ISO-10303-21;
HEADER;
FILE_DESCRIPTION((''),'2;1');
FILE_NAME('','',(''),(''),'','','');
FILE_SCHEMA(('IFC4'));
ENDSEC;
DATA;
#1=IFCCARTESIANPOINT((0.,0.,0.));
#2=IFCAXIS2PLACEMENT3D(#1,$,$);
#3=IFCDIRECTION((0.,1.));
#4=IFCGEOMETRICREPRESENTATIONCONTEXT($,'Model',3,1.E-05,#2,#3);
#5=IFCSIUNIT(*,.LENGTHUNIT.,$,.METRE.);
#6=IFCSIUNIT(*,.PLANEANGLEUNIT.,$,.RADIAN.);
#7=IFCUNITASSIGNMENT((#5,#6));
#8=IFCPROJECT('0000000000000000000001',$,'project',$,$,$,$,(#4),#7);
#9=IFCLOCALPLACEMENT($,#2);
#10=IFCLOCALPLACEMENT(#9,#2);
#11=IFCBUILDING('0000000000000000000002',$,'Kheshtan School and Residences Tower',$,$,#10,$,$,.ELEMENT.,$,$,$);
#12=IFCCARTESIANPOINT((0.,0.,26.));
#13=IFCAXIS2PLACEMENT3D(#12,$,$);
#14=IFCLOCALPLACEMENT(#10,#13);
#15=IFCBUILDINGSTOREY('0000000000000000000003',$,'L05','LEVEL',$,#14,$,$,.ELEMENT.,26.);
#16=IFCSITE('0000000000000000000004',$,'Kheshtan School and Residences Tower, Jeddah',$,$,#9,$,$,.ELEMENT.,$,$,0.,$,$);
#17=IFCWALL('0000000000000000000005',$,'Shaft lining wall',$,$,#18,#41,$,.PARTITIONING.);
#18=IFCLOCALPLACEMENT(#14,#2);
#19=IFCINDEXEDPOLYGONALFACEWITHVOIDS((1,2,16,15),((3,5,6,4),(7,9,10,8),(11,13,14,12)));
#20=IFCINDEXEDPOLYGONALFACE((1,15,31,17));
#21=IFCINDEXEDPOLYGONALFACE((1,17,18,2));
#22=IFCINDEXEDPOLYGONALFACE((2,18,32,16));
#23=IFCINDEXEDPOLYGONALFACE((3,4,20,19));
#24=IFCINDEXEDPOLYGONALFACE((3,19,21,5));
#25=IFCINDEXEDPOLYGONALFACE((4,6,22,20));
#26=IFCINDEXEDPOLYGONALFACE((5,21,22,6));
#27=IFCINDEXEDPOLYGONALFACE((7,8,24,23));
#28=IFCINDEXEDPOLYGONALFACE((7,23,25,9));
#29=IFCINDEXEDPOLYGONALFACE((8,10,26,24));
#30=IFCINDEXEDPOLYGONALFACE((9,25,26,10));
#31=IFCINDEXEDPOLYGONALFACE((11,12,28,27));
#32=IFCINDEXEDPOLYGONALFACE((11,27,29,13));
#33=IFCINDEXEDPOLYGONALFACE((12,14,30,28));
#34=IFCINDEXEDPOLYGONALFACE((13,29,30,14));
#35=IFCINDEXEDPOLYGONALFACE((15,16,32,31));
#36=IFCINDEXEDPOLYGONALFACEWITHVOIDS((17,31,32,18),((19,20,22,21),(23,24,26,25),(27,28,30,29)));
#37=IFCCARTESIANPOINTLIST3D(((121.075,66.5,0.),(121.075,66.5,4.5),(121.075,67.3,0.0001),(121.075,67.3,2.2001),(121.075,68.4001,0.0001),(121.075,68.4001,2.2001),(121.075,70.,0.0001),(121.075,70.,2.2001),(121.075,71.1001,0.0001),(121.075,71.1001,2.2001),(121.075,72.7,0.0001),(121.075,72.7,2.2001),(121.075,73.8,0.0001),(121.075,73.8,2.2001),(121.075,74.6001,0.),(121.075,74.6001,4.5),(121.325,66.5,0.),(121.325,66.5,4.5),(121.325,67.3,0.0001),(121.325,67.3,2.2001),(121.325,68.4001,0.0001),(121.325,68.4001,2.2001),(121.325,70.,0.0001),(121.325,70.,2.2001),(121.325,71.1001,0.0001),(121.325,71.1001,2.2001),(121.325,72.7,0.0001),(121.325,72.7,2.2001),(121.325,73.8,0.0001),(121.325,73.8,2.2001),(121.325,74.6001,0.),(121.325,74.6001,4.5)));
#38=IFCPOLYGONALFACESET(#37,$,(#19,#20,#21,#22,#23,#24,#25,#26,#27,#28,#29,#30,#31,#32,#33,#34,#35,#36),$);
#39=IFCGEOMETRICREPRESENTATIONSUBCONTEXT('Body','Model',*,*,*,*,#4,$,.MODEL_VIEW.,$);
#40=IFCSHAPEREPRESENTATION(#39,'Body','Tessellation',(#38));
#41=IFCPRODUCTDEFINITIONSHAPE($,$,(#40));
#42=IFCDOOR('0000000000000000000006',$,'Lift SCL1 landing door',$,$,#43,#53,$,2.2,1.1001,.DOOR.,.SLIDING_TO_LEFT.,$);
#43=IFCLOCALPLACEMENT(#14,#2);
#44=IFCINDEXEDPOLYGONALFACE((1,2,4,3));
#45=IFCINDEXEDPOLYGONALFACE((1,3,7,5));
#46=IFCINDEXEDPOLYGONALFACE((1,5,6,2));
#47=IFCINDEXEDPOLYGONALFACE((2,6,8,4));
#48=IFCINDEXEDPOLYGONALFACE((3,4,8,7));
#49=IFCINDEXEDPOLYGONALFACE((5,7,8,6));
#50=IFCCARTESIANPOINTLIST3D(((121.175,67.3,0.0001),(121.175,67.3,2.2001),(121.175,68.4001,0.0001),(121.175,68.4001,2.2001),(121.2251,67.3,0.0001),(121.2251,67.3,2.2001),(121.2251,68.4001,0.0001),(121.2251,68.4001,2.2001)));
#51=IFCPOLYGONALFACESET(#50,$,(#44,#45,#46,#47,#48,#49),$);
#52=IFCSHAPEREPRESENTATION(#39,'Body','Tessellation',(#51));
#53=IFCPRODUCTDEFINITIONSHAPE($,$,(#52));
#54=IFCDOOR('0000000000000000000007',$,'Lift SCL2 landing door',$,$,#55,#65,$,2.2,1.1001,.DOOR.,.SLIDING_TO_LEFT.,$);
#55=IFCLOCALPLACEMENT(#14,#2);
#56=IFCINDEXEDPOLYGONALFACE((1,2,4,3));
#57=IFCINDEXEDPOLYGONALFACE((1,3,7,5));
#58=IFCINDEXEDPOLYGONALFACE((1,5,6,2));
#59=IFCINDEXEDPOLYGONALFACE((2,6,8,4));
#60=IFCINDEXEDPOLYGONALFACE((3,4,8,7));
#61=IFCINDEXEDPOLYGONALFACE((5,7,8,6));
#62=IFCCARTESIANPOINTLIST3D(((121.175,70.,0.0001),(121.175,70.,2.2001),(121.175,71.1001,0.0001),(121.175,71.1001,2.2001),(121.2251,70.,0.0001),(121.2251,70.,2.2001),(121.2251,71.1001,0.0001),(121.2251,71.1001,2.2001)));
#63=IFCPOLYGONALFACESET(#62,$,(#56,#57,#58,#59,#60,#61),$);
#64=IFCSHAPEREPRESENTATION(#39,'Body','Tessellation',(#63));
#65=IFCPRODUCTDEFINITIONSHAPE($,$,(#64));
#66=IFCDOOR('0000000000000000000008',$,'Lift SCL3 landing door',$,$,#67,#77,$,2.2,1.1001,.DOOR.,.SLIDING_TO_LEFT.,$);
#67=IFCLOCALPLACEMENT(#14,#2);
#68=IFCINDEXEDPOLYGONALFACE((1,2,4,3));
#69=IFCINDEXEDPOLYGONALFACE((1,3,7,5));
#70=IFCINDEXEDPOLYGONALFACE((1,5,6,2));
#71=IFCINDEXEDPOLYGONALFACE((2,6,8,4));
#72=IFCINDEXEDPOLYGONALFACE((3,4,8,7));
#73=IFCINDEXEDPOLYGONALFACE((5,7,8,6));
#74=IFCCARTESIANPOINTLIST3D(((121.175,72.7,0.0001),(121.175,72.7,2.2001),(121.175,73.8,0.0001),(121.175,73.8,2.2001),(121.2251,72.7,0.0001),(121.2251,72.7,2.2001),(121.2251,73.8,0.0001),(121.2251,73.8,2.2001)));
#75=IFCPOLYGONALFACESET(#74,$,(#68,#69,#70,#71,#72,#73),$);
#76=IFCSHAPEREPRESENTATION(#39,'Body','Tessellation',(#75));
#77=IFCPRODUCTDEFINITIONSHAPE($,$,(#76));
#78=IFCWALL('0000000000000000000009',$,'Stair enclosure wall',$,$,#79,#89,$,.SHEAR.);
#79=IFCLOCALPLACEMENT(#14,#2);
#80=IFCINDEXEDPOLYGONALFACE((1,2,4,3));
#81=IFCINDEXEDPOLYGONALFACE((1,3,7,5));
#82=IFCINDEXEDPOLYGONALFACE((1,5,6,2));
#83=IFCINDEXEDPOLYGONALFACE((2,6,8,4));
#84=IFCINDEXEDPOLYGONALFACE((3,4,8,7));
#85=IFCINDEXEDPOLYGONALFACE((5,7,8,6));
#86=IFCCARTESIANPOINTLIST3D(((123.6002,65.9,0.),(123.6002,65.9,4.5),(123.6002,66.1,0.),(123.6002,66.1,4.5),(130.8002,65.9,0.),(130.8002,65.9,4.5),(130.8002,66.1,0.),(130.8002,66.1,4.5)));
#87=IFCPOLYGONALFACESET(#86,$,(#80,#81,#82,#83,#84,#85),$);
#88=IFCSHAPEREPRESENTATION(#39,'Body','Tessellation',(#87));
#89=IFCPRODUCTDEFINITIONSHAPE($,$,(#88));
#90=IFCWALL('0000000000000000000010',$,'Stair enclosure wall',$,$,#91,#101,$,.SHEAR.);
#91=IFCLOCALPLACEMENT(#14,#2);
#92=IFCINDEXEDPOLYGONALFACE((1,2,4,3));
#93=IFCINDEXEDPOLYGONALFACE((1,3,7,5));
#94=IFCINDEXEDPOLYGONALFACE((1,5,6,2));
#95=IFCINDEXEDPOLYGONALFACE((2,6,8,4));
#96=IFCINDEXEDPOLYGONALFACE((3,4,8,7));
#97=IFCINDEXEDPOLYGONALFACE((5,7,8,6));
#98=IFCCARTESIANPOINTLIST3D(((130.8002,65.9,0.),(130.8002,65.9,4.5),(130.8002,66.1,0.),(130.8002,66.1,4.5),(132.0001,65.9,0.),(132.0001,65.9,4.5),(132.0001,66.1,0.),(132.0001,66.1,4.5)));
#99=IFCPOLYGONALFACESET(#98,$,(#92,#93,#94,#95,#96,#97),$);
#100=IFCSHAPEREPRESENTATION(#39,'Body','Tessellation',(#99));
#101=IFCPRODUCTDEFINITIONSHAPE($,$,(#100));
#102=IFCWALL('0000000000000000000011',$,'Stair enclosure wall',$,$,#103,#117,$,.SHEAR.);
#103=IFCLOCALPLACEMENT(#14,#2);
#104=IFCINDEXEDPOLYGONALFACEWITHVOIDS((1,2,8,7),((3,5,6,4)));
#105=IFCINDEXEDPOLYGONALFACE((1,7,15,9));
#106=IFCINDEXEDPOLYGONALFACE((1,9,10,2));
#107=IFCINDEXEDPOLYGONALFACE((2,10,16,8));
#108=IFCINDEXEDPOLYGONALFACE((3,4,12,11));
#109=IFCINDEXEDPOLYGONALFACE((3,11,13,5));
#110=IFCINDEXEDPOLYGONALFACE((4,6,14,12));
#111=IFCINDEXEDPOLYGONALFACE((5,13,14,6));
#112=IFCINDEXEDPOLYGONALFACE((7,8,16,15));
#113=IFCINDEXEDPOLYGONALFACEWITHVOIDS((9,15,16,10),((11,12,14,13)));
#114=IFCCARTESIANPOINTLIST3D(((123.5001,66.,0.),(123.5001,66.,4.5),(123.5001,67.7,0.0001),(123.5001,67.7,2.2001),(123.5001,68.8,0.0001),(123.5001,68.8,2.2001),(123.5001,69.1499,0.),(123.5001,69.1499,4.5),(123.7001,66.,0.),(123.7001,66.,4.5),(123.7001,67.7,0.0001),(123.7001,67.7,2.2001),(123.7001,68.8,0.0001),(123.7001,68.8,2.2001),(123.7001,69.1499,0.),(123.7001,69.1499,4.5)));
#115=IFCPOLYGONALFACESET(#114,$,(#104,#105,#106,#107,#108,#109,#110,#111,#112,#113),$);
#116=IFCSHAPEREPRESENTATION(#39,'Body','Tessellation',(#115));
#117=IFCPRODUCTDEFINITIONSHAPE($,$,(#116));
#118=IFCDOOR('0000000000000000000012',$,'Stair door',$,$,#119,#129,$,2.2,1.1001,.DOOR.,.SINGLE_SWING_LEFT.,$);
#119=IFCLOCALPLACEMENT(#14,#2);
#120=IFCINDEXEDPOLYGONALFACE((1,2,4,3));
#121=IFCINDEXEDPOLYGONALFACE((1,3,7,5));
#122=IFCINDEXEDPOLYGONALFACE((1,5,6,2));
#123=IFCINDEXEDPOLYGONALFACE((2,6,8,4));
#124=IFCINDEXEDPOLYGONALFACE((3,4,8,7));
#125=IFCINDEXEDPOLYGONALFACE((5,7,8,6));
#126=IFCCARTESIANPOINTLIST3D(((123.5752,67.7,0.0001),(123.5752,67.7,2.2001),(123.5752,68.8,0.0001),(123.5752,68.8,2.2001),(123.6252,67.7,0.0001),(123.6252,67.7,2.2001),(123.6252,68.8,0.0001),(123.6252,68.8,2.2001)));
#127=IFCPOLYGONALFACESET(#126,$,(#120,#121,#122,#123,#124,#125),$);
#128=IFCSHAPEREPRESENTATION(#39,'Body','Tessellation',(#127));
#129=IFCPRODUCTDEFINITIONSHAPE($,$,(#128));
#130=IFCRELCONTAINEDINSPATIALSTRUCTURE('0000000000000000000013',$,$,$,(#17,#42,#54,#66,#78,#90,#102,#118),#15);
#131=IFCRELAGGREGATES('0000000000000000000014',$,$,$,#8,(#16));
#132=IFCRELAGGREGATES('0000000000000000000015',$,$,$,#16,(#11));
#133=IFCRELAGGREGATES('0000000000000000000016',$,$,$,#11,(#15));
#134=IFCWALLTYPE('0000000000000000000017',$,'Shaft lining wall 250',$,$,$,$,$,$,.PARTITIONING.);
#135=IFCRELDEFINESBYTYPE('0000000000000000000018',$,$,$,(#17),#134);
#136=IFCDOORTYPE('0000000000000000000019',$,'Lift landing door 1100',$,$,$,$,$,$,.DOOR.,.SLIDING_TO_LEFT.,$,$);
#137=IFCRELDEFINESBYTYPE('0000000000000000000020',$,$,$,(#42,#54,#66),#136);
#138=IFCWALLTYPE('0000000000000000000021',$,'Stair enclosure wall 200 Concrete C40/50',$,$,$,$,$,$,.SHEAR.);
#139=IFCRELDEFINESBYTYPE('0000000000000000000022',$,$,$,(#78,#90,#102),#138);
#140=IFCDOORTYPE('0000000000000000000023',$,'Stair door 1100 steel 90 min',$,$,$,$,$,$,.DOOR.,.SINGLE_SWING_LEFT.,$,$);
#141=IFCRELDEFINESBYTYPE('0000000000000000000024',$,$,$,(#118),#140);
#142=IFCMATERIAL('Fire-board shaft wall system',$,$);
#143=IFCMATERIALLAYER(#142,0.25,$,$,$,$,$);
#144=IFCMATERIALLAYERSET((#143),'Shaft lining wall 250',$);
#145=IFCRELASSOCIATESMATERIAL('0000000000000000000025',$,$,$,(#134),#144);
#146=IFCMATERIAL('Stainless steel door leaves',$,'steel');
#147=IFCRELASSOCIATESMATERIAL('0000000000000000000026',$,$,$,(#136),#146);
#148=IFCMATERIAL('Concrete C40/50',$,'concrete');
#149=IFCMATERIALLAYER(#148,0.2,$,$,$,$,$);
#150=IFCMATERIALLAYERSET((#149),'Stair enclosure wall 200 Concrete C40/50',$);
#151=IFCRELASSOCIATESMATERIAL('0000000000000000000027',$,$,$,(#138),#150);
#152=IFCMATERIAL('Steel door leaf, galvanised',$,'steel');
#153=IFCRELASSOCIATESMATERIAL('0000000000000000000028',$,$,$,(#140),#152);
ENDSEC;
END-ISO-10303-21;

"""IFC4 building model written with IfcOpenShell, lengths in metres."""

from ifc_helpers import new_model, si_unit, direction, frame, frame_2d, origin, place, context, subcontext, project, spatial, rectangle, extrude, source, transform, mapped, material, layer, layer_set, type_object, element, fill, save


model = new_model("IFC4")

# Units and contexts
model_context = context("Model", 3, precision=1e-05, world=origin(), true_north=direction((0.0, 1.0)))
body_context = subcontext(model_context, "Body", "Model", "MODEL_VIEW")
ifc_project = project(units=[si_unit("LENGTHUNIT", "METRE"), si_unit("PLANEANGLEUNIT", "RADIAN")], contexts=[model_context])

# Site, building, storey
site_placement = place(None, origin())
site = spatial("IfcSite", under=ifc_project, at=site_placement, Name="Kheshtan School and Residences Tower, Jeddah", CompositionType="ELEMENT", RefElevation=0.0)
building_placement = place(site_placement, origin())
building = spatial("IfcBuilding", under=site, at=building_placement, Name="Kheshtan School and Residences Tower", CompositionType="ELEMENT")
storey_placement = place(building_placement, frame((0.0, 0.0, 26.0)))
storey = spatial("IfcBuildingStorey", under=building, at=storey_placement, Name="L05", Description="LEVEL", CompositionType="ELEMENT", Elevation=26.0)

# Wall, openings, doors
ifc_material_1 = material(Name="Fire-board shaft wall system")
ifc_layer_1 = layer(ifc_material_1, 0.25)
ifc_layer_set_1 = layer_set([ifc_layer_1], Name="Shaft lining wall 250")
wall_type_1 = type_object("IfcWallType", Name="Shaft lining wall 250", PredefinedType="PARTITIONING", material=ifc_layer_set_1)
wall_1_placement = place(storey_placement, frame((121.2, 66.5, 0.0), z_axis=(0.0, 0.0, 1.0), x_axis=(0.0, 1.0, 0.0)))
wall_1 = element("IfcWall", 1, at=wall_1_placement, inside=storey, type_object=wall_type_1, Name="Shaft lining wall", PredefinedType="PARTITIONING", context=body_context, shape_type="SweptSolid", body=[
    extrude(rectangle(XDim=8.1001, YDim=0.25, at=frame_2d((4.05, 0.0))), origin(), (0.0, 0.0, 1.0), 4.5),
])
opening_1_placement = place(wall_1_placement, frame((0.8, 0.0, 0.0)))
opening_1 = element("IfcOpeningElement", 2, at=opening_1_placement, cuts=wall_1, PredefinedType="OPENING", context=body_context, shape_type="SweptSolid", body=[
    extrude(rectangle(XDim=1.1001, YDim=2.2, at=frame_2d((0.55, 1.1001))), frame((0.0, 0.135, 0.0), z_axis=(0.0, -1.0, 0.0), x_axis=(1.0, 0.0, 0.0)), (0.0, 0.0, 1.0), 0.27),
])
opening_2_placement = place(wall_1_placement, frame((3.5, 0.0, 0.0)))
opening_2 = element("IfcOpeningElement", 3, at=opening_2_placement, cuts=wall_1, PredefinedType="OPENING", context=body_context, shape_type="SweptSolid", body=[
    extrude(rectangle(XDim=1.1001, YDim=2.2, at=frame_2d((0.55, 1.1001))), frame((0.0, 0.135, 0.0), z_axis=(0.0, -1.0, 0.0), x_axis=(1.0, 0.0, 0.0)), (0.0, 0.0, 1.0), 0.27),
])
opening_3_placement = place(wall_1_placement, frame((6.2, 0.0, 0.0)))
opening_3 = element("IfcOpeningElement", 4, at=opening_3_placement, cuts=wall_1, PredefinedType="OPENING", context=body_context, shape_type="SweptSolid", body=[
    extrude(rectangle(XDim=1.1001, YDim=2.2, at=frame_2d((0.55, 1.1001))), frame((0.0, 0.135, 0.0), z_axis=(0.0, -1.0, 0.0), x_axis=(1.0, 0.0, 0.0)), (0.0, 0.0, 1.0), 0.27),
])
ifc_material_2 = material(Name="Stainless steel door leaves", Category="steel")
door_type_1 = type_object("IfcDoorType", Name="Lift landing door 1100", OperationType="SLIDING_TO_LEFT", PredefinedType="DOOR", material=ifc_material_2)
shared_shape_1 = source(origin(), body_context, "Body", "SweptSolid", [
    extrude(rectangle(XDim=1.1001, YDim=2.2, at=frame_2d((0.55, 1.1001))), frame((0.0, 0.0249, 0.0), z_axis=(0.0, -1.0, 0.0), x_axis=(1.0, 0.0, 0.0)), (0.0, 0.0, 1.0), 0.05),
])
door_1_placement = place(opening_1_placement, origin())
door_1 = element("IfcDoor", 5, at=door_1_placement, inside=storey, type_object=door_type_1, Name="Lift SCL1 landing door", OperationType="SLIDING_TO_LEFT", OverallHeight=2.2, OverallWidth=1.1001, PredefinedType="DOOR", context=body_context, shape_type="MappedRepresentation", body=[
    mapped(shared_shape_1, transform((0.0, 0.0, 0.0), x_axis=(1.0, 0.0, 0.0), y_axis=(0.0, 1.0, 0.0), z_axis=(0.0, 0.0, 1.0), scale=1.0)),
])
fill(opening_1, door_1)
door_2_placement = place(opening_2_placement, origin())
door_2 = element("IfcDoor", 6, at=door_2_placement, inside=storey, type_object=door_type_1, Name="Lift SCL2 landing door", OperationType="SLIDING_TO_LEFT", OverallHeight=2.2, OverallWidth=1.1001, PredefinedType="DOOR", context=body_context, shape_type="MappedRepresentation", body=[
    mapped(shared_shape_1, transform((0.0, 0.0, 0.0), x_axis=(1.0, 0.0, 0.0), y_axis=(0.0, 1.0, 0.0), z_axis=(0.0, 0.0, 1.0), scale=1.0)),
])
fill(opening_2, door_2)
door_3_placement = place(opening_3_placement, origin())
door_3 = element("IfcDoor", 7, at=door_3_placement, inside=storey, type_object=door_type_1, Name="Lift SCL3 landing door", OperationType="SLIDING_TO_LEFT", OverallHeight=2.2, OverallWidth=1.1001, PredefinedType="DOOR", context=body_context, shape_type="MappedRepresentation", body=[
    mapped(shared_shape_1, transform((0.0, 0.0, 0.0), x_axis=(1.0, 0.0, 0.0), y_axis=(0.0, 1.0, 0.0), z_axis=(0.0, 0.0, 1.0), scale=1.0)),
])
fill(opening_3, door_3)

# Walls
ifc_material_3 = material(Name="Concrete C40/50", Category="concrete")
ifc_layer_2 = layer(ifc_material_3, 0.2)
ifc_layer_set_2 = layer_set([ifc_layer_2], Name="Stair enclosure wall 200 Concrete C40/50")
wall_type_2 = type_object("IfcWallType", Name="Stair enclosure wall 200 Concrete C40/50", PredefinedType="SHEAR", material=ifc_layer_set_2)
wall_2_placement = place(storey_placement, frame((123.6001, 66.0, 0.0), z_axis=(0.0, 0.0, 1.0), x_axis=(1.0, 0.0, 0.0)))
element("IfcWall", 8, at=wall_2_placement, inside=storey, type_object=wall_type_2, Name="Stair enclosure wall", PredefinedType="SHEAR", context=body_context, shape_type="SweptSolid", body=[
    extrude(rectangle(XDim=7.2, YDim=0.2, at=frame_2d((3.6001, 0.0))), origin(), (0.0, 0.0, 1.0), 4.5),
])
wall_3_placement = place(storey_placement, frame((130.8, 66.0, 0.0), z_axis=(0.0, 0.0, 1.0), x_axis=(1.0, 0.0, 0.0)))
element("IfcWall", 9, at=wall_3_placement, inside=storey, type_object=wall_type_2, Name="Stair enclosure wall", PredefinedType="SHEAR", context=body_context, shape_type="SweptSolid", body=[
    extrude(rectangle(XDim=1.2, YDim=0.2, at=frame_2d((0.6001, 0.0))), origin(), (0.0, 0.0, 1.0), 4.5),
])

# Wall, opening, door
wall_4_placement = place(storey_placement, frame((123.6001, 66.0, 0.0), z_axis=(0.0, 0.0, 1.0), x_axis=(0.0, 1.0, 0.0)))
wall_4 = element("IfcWall", 10, at=wall_4_placement, inside=storey, type_object=wall_type_2, Name="Stair enclosure wall", PredefinedType="SHEAR", context=body_context, shape_type="SweptSolid", body=[
    extrude(rectangle(XDim=3.1499, YDim=0.2, at=frame_2d((1.575, 0.0))), origin(), (0.0, 0.0, 1.0), 4.5),
])
opening_4_placement = place(wall_4_placement, frame((1.7, 0.0, 0.0)))
opening_4 = element("IfcOpeningElement", 11, at=opening_4_placement, cuts=wall_4, PredefinedType="OPENING", context=body_context, shape_type="SweptSolid", body=[
    extrude(rectangle(XDim=1.1001, YDim=2.2, at=frame_2d((0.55, 1.1001))), frame((0.0, 0.1099, 0.0), z_axis=(0.0, -1.0, 0.0), x_axis=(1.0, 0.0, 0.0)), (0.0, 0.0, 1.0), 0.22),
])
ifc_material_4 = material(Name="Steel door leaf, galvanised", Category="steel")
door_type_2 = type_object("IfcDoorType", Name="Stair door 1100 steel 90 min", OperationType="SINGLE_SWING_LEFT", PredefinedType="DOOR", material=ifc_material_4)
shared_shape_2 = source(origin(), body_context, "Body", "SweptSolid", [
    extrude(rectangle(XDim=1.1001, YDim=2.2, at=frame_2d((0.55, 1.1001))), frame((0.0, 0.0249, 0.0), z_axis=(0.0, -1.0, 0.0), x_axis=(1.0, 0.0, 0.0)), (0.0, 0.0, 1.0), 0.05),
])
door_4_placement = place(opening_4_placement, origin())
door_4 = element("IfcDoor", 12, at=door_4_placement, inside=storey, type_object=door_type_2, Name="Stair door", OperationType="SINGLE_SWING_LEFT", OverallHeight=2.2, OverallWidth=1.1001, PredefinedType="DOOR", context=body_context, shape_type="MappedRepresentation", body=[
    mapped(shared_shape_2, transform((0.0, 0.0, 0.0), x_axis=(1.0, 0.0, 0.0), y_axis=(0.0, 1.0, 0.0), z_axis=(0.0, 0.0, 1.0), scale=1.0)),
])
fill(opening_4, door_4)

save(model, "model.ifc")
